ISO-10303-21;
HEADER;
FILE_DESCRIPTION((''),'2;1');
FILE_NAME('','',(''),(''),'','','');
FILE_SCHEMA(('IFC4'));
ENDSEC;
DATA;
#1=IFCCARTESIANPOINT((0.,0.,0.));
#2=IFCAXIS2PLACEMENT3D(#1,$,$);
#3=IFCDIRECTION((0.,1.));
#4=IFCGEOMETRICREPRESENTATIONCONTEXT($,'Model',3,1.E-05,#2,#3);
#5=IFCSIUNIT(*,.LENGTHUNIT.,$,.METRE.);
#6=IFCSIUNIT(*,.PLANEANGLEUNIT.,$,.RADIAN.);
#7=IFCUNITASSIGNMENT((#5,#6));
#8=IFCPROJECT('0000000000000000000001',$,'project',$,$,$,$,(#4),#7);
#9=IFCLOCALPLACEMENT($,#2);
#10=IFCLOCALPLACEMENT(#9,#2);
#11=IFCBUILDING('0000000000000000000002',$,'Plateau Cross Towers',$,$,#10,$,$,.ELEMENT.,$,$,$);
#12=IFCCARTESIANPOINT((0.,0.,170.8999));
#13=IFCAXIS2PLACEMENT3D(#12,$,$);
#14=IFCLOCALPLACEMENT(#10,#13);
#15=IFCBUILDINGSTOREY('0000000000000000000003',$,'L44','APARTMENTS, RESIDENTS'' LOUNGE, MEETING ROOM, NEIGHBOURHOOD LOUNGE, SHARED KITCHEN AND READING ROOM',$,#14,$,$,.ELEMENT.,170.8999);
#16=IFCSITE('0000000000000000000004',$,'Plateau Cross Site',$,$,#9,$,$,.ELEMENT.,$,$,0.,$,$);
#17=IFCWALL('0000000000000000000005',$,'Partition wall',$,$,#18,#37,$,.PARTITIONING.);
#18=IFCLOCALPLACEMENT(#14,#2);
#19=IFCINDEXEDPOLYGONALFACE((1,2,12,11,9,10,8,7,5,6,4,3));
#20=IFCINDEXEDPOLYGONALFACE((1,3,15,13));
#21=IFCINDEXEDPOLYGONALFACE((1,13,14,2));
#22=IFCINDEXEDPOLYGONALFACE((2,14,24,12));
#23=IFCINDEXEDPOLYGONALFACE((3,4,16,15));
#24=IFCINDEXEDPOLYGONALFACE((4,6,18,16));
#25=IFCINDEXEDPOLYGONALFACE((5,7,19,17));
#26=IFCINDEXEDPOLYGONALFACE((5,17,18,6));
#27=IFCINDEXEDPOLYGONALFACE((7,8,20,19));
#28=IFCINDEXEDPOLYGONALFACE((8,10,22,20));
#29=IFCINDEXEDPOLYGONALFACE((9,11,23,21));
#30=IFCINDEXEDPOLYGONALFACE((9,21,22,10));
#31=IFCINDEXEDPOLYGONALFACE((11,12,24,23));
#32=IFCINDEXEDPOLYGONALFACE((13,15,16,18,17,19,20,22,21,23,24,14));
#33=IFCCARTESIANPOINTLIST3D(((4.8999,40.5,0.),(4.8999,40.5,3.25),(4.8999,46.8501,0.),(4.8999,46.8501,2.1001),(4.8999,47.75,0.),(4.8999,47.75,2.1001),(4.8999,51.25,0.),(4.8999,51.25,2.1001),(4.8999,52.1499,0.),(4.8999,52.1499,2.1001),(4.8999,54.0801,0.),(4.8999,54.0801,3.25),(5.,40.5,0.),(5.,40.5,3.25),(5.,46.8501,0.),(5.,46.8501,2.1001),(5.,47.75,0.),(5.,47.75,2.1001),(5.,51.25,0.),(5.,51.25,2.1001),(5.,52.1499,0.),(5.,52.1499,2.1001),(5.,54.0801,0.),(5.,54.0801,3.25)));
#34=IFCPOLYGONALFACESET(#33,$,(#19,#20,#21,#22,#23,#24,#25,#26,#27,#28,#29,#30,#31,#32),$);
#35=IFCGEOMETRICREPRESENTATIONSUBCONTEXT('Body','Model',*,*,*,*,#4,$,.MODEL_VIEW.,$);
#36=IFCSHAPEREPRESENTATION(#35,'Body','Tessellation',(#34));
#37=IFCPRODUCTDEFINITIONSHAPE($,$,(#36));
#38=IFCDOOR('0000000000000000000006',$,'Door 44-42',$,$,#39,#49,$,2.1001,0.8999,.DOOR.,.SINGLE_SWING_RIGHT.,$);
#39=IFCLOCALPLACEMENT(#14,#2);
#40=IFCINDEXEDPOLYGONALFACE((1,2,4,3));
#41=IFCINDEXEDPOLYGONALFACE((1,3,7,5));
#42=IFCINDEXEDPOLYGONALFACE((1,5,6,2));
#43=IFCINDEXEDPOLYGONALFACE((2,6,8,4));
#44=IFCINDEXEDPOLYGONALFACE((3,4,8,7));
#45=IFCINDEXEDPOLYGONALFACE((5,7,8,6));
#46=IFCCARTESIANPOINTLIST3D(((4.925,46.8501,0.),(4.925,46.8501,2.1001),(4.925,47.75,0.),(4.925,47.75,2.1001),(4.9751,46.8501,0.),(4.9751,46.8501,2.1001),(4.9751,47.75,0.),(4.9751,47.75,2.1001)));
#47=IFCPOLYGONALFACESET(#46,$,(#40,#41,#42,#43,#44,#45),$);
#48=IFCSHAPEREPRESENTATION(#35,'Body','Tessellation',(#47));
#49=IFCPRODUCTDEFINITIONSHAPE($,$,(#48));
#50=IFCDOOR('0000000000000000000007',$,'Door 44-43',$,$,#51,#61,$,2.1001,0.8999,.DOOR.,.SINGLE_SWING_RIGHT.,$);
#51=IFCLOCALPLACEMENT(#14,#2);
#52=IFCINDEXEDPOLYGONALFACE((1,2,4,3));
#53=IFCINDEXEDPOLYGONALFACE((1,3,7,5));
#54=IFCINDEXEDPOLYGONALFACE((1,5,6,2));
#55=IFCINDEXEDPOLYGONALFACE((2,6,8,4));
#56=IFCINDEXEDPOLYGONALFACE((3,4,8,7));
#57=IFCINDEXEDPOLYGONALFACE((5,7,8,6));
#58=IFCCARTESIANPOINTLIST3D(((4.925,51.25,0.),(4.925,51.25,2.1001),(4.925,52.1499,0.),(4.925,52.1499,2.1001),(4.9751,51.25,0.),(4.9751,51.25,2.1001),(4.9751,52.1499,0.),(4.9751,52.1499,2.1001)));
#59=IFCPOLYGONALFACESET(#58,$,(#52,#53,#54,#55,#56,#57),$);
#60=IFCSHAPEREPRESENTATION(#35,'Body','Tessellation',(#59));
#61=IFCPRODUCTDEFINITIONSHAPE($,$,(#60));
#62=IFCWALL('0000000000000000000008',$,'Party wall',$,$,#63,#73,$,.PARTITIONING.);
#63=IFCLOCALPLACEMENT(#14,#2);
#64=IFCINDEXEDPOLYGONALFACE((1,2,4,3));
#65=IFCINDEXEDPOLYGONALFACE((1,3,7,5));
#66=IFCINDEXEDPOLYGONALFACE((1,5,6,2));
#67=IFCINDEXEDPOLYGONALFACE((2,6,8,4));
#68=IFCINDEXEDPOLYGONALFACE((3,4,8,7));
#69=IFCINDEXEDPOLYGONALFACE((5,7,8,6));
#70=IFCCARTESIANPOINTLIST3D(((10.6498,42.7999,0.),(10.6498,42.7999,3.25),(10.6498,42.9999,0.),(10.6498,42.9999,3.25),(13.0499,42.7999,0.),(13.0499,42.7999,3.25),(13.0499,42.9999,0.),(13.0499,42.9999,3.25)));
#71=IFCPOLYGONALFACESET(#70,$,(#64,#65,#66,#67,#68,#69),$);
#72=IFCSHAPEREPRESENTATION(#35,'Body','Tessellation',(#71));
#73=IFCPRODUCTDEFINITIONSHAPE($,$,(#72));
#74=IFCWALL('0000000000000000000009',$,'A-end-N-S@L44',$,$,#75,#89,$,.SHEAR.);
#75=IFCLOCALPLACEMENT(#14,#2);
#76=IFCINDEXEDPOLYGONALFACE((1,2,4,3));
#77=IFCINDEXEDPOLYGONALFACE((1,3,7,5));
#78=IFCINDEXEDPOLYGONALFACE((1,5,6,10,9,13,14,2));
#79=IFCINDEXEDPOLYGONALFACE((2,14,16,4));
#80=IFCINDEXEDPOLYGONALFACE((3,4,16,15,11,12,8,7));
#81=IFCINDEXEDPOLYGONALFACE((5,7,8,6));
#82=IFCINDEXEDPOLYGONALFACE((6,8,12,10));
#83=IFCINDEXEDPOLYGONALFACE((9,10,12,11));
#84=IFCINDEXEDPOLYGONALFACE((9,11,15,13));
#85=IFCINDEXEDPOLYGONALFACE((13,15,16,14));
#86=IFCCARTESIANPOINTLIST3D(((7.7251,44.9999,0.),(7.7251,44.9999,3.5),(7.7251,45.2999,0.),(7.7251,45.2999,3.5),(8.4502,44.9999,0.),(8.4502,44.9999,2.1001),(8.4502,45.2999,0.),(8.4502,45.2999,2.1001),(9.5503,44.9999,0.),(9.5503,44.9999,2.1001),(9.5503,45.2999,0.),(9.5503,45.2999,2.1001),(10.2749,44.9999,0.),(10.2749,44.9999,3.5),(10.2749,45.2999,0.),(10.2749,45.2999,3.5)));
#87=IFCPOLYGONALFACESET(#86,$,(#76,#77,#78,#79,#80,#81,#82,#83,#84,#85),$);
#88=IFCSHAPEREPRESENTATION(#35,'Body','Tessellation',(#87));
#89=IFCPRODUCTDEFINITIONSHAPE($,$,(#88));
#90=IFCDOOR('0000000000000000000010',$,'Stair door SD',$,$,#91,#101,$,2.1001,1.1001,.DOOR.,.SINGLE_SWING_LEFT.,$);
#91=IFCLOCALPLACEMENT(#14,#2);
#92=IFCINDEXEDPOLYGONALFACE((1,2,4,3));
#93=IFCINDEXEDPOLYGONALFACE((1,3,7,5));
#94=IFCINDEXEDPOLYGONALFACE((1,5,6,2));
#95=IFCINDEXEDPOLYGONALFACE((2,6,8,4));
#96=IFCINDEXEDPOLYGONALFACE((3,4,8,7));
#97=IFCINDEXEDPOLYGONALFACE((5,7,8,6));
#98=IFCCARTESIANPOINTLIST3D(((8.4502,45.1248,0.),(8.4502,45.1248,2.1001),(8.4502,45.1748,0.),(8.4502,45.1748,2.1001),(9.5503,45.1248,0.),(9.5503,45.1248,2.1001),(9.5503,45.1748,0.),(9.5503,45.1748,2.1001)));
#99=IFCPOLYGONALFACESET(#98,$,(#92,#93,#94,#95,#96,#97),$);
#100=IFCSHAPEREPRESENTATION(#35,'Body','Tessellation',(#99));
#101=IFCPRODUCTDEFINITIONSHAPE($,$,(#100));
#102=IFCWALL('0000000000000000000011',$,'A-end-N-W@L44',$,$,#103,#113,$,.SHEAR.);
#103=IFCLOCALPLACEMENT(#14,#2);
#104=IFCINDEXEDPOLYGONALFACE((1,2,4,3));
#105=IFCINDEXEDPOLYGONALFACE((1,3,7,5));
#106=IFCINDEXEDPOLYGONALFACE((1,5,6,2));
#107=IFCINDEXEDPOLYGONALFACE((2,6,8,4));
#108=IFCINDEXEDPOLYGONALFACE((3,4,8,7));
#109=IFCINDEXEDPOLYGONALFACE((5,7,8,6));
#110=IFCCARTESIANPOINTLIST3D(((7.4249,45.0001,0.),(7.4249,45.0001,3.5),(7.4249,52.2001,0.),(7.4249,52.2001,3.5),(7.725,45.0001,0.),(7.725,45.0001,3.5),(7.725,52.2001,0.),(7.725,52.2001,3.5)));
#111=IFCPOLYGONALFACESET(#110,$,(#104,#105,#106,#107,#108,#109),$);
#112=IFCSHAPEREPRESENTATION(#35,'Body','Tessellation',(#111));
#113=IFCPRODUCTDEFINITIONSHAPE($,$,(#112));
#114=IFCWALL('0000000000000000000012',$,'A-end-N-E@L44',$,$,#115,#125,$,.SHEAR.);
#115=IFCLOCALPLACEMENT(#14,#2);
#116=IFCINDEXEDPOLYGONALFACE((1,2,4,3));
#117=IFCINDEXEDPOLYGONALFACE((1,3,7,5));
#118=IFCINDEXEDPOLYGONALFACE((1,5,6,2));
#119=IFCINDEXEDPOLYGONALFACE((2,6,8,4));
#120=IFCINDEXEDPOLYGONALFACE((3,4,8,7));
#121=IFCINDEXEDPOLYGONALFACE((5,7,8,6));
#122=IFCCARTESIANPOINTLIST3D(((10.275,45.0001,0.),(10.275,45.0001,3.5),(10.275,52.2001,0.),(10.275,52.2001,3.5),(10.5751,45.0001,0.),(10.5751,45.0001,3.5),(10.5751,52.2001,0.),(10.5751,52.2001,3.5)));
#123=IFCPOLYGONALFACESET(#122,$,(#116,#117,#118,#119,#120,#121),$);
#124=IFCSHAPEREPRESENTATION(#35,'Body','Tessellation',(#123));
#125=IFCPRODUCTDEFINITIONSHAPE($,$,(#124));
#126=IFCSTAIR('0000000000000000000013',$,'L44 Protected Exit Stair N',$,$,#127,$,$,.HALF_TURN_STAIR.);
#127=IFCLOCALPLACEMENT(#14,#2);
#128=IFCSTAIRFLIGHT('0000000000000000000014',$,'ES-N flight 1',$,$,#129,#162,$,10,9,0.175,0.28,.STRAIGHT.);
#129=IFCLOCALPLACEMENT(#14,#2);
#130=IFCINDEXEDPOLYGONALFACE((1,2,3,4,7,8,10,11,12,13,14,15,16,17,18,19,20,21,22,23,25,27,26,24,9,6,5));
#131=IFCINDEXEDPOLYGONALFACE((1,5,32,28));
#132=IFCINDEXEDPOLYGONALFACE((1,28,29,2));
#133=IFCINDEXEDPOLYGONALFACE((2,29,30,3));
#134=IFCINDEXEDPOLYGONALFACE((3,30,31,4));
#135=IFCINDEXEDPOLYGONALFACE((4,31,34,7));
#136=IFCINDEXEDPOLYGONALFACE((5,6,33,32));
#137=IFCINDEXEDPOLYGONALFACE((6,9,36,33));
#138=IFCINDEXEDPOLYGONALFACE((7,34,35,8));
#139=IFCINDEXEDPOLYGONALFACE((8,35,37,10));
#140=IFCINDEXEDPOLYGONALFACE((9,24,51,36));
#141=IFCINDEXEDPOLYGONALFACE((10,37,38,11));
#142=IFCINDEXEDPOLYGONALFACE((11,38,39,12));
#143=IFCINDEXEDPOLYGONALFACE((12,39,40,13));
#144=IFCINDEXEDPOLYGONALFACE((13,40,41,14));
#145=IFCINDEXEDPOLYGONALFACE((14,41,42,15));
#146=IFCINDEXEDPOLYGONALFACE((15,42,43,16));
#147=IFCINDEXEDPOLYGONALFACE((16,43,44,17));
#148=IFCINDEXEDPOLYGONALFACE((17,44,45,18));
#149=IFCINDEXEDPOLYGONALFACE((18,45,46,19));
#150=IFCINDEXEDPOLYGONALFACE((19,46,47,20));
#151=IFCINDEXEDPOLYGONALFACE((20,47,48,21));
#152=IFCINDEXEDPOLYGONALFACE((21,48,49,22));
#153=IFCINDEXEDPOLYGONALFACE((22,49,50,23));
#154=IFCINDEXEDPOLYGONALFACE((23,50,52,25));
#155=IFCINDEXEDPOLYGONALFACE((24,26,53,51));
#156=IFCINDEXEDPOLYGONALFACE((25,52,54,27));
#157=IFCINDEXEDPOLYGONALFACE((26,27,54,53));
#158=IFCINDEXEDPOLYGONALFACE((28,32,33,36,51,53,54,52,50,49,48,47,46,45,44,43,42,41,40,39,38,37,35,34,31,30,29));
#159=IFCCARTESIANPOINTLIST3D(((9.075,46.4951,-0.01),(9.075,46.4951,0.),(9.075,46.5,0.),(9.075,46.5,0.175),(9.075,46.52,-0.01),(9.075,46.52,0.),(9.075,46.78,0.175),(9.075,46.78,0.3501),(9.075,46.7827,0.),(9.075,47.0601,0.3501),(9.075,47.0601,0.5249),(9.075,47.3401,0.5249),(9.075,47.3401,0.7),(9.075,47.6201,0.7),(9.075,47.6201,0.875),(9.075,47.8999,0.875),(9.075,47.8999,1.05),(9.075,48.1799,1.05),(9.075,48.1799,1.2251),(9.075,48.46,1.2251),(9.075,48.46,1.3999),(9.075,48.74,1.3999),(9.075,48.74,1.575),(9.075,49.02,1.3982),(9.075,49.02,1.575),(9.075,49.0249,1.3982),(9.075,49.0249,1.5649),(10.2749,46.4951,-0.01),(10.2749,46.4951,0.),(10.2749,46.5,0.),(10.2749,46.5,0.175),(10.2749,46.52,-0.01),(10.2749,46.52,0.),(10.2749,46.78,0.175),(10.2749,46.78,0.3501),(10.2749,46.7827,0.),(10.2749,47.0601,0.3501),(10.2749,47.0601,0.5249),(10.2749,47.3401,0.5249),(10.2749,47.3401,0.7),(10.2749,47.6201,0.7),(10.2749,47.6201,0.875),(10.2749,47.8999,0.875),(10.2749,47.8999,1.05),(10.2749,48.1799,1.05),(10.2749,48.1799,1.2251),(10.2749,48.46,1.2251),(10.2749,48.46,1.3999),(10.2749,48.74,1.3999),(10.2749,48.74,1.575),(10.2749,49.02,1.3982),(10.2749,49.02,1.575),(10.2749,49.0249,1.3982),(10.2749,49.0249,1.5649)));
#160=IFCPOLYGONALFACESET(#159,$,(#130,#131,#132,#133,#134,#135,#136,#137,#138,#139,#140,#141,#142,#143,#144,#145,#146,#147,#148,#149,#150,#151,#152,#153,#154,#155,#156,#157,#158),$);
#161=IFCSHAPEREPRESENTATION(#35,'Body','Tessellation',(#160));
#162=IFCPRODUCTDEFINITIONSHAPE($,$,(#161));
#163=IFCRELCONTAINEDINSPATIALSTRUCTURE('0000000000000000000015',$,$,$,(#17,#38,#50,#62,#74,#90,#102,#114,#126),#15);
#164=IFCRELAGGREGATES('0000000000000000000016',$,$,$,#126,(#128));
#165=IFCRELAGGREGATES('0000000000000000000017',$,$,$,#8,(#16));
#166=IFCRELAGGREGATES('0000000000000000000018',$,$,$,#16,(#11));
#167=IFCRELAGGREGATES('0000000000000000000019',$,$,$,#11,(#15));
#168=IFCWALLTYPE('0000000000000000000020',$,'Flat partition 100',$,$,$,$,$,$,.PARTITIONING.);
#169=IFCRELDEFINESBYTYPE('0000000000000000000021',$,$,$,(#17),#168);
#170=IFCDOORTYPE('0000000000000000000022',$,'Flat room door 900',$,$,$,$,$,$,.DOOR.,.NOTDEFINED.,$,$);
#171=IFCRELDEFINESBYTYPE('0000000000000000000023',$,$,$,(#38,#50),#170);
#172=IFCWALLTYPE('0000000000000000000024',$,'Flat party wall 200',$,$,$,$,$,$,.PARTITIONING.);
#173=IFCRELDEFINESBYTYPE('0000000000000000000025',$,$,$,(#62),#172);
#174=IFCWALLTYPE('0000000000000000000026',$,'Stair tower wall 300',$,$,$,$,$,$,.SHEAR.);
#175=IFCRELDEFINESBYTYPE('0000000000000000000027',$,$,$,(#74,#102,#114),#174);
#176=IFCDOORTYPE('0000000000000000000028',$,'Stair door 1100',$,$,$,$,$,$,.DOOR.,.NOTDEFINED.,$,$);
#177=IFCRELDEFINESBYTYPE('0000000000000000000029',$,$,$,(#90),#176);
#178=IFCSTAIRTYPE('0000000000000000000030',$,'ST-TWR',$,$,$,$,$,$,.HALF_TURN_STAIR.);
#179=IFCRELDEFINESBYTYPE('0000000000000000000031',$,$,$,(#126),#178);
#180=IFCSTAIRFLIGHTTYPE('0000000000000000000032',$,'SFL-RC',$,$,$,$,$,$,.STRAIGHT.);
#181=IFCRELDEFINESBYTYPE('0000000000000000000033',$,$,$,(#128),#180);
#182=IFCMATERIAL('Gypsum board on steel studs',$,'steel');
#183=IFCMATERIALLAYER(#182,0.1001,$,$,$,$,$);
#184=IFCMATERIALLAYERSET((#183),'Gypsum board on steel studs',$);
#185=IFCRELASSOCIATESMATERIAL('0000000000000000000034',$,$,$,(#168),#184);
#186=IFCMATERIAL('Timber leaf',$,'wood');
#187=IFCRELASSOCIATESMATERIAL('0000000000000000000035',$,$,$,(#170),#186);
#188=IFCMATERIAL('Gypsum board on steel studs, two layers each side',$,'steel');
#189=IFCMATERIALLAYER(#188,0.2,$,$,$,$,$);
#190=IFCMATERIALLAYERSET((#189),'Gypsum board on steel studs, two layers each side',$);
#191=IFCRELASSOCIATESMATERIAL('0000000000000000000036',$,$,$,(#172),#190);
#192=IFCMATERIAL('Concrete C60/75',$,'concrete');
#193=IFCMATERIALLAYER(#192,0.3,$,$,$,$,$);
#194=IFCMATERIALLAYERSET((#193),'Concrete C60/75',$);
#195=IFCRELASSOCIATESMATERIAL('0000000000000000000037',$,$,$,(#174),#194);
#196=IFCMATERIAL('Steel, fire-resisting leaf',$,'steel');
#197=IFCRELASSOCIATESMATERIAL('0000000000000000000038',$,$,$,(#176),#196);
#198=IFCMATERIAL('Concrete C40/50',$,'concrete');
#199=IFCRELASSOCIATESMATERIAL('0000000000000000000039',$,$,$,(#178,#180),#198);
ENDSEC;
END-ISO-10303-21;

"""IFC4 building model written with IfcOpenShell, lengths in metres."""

from ifc_helpers import new_model, si_unit, direction, frame, frame_2d, origin, place, context, subcontext, project, spatial, polyline, rectangle, outline, extrude, material, layer, layer_set, type_object, element, fill, aggregate, save


model = new_model("IFC4")

# Units and contexts
model_context = context("Model", 3, precision=1e-05, world=origin(), true_north=direction((0.0, 1.0)))
body_context = subcontext(model_context, "Body", "Model", "MODEL_VIEW")
ifc_project = project(units=[si_unit("LENGTHUNIT", "METRE"), si_unit("PLANEANGLEUNIT", "RADIAN")], contexts=[model_context])

# Site, building, storey
site_placement = place(None, origin())
site = spatial("IfcSite", under=ifc_project, at=site_placement, Name="Plateau Cross Site", CompositionType="ELEMENT", RefElevation=0.0)
building_placement = place(site_placement, origin())
building = spatial("IfcBuilding", under=site, at=building_placement, Name="Plateau Cross Towers", CompositionType="ELEMENT")
storey_placement = place(building_placement, frame((0.0, 0.0, 170.8999)))
storey = spatial("IfcBuildingStorey", under=building, at=storey_placement, Name="L44", Description="APARTMENTS, RESIDENTS' LOUNGE, MEETING ROOM, NEIGHBOURHOOD LOUNGE, SHARED KITCHEN AND READING ROOM", CompositionType="ELEMENT", Elevation=170.8999)

# Shared definitions
ifc_material_1 = material(Name="Gypsum board on steel studs", Category="steel")
ifc_layer_1 = layer(ifc_material_1, 0.1001)
ifc_layer_set_1 = layer_set([ifc_layer_1], Name="Gypsum board on steel studs")
wall_type_1 = type_object("IfcWallType", Name="Flat partition 100", PredefinedType="PARTITIONING", material=ifc_layer_set_1)
ifc_material_2 = material(Name="Timber leaf", Category="wood")
door_type_1 = type_object("IfcDoorType", Name="Flat room door 900", OperationType="NOTDEFINED", PredefinedType="DOOR", material=ifc_material_2)

# Wall, openings, doors
wall_1_placement = place(storey_placement, frame((4.95, 40.5, 0.0), z_axis=(0.0, 0.0, 1.0), x_axis=(0.0, 1.0, 0.0)))
wall_1 = element("IfcWall", 1, at=wall_1_placement, inside=storey, type_object=wall_type_1, Name="Partition wall", PredefinedType="PARTITIONING", context=body_context, shape_type="SweptSolid", body=[
    extrude(rectangle(XDim=13.5801, YDim=0.1001, at=frame_2d((6.79, 0.0))), origin(), (0.0, 0.0, 1.0), 3.25),
])
opening_1_placement = place(wall_1_placement, frame((6.3501, 0.0, 0.0)))
opening_1 = element("IfcOpeningElement", 2, at=opening_1_placement, cuts=wall_1, PredefinedType="OPENING", context=body_context, shape_type="SweptSolid", body=[
    extrude(rectangle(XDim=0.8999, YDim=2.1001, at=frame_2d((0.45, 1.05))), frame((0.0, 0.0601, 0.0), z_axis=(0.0, -1.0, 0.0), x_axis=(1.0, 0.0, 0.0)), (0.0, 0.0, 1.0), 0.1201),
])
opening_2_placement = place(wall_1_placement, frame((10.75, 0.0, 0.0)))
opening_2 = element("IfcOpeningElement", 3, at=opening_2_placement, cuts=wall_1, PredefinedType="OPENING", context=body_context, shape_type="SweptSolid", body=[
    extrude(rectangle(XDim=0.8999, YDim=2.1001, at=frame_2d((0.45, 1.05))), frame((0.0, 0.0601, 0.0), z_axis=(0.0, -1.0, 0.0), x_axis=(1.0, 0.0, 0.0)), (0.0, 0.0, 1.0), 0.1201),
])
door_1_placement = place(opening_1_placement, origin())
door_1 = element("IfcDoor", 4, at=door_1_placement, inside=storey, type_object=door_type_1, Name="Door 44-42", OperationType="SINGLE_SWING_RIGHT", OverallHeight=2.1001, OverallWidth=0.8999, PredefinedType="DOOR", context=body_context, shape_type="SweptSolid", body=[
    extrude(rectangle(XDim=0.8999, YDim=2.1001, at=frame_2d((0.45, 1.05))), frame((0.0, 0.0249, 0.0), z_axis=(0.0, -1.0, 0.0), x_axis=(1.0, 0.0, 0.0)), (0.0, 0.0, 1.0), 0.05),
])
fill(opening_1, door_1)
door_2_placement = place(opening_2_placement, origin())
door_2 = element("IfcDoor", 5, at=door_2_placement, inside=storey, type_object=door_type_1, Name="Door 44-43", OperationType="SINGLE_SWING_RIGHT", OverallHeight=2.1001, OverallWidth=0.8999, PredefinedType="DOOR", context=body_context, shape_type="SweptSolid", body=[
    extrude(rectangle(XDim=0.8999, YDim=2.1001, at=frame_2d((0.45, 1.05))), frame((0.0, 0.0249, 0.0), z_axis=(0.0, -1.0, 0.0), x_axis=(1.0, 0.0, 0.0)), (0.0, 0.0, 1.0), 0.05),
])
fill(opening_2, door_2)

# Wall
ifc_material_3 = material(Name="Gypsum board on steel studs, two layers each side", Category="steel")
ifc_layer_2 = layer(ifc_material_3, 0.2)
ifc_layer_set_2 = layer_set([ifc_layer_2], Name="Gypsum board on steel studs, two layers each side")
wall_type_2 = type_object("IfcWallType", Name="Flat party wall 200", PredefinedType="PARTITIONING", material=ifc_layer_set_2)
wall_2_placement = place(storey_placement, frame((13.05, 42.8999, 0.0), z_axis=(0.0, 0.0, 1.0), x_axis=(-1.0, 0.0, 0.0)))
element("IfcWall", 6, at=wall_2_placement, inside=storey, type_object=wall_type_2, Name="Party wall", PredefinedType="PARTITIONING", context=body_context, shape_type="SweptSolid", body=[
    extrude(rectangle(XDim=2.4001, YDim=0.2, at=frame_2d((1.2002, 0.0))), origin(), (0.0, 0.0, 1.0), 3.25),
])

# Wall, opening, door
ifc_material_4 = material(Name="Concrete C60/75", Category="concrete")
ifc_layer_3 = layer(ifc_material_4, 0.3)
ifc_layer_set_3 = layer_set([ifc_layer_3], Name="Concrete C60/75")
wall_type_3 = type_object("IfcWallType", Name="Stair tower wall 300", PredefinedType="SHEAR", material=ifc_layer_set_3)
wall_3_placement = place(storey_placement, frame((7.7251, 45.1499, 0.0), z_axis=(0.0, 0.0, 1.0), x_axis=(1.0, 0.0, 0.0)))
wall_3 = element("IfcWall", 7, at=wall_3_placement, inside=storey, type_object=wall_type_3, Name="A-end-N-S@L44", PredefinedType="SHEAR", context=body_context, shape_type="SweptSolid", body=[
    extrude(rectangle(XDim=2.5498, YDim=0.3, at=frame_2d((1.2749, 0.0))), origin(), (0.0, 0.0, 1.0), 3.5),
])
opening_3_placement = place(wall_3_placement, frame((0.7251, 0.0, 0.0)))
opening_3 = element("IfcOpeningElement", 8, at=opening_3_placement, cuts=wall_3, PredefinedType="OPENING", context=body_context, shape_type="SweptSolid", body=[
    extrude(rectangle(XDim=1.1001, YDim=2.1001, at=frame_2d((0.55, 1.05))), frame((0.0, 0.1599, 0.0), z_axis=(0.0, -1.0, 0.0), x_axis=(1.0, 0.0, 0.0)), (0.0, 0.0, 1.0), 0.3201),
])
ifc_material_5 = material(Name="Steel, fire-resisting leaf", Category="steel")
door_type_2 = type_object("IfcDoorType", Name="Stair door 1100", OperationType="NOTDEFINED", PredefinedType="DOOR", material=ifc_material_5)
door_3_placement = place(opening_3_placement, origin())
door_3 = element("IfcDoor", 9, at=door_3_placement, inside=storey, type_object=door_type_2, Name="Stair door SD", OperationType="SINGLE_SWING_LEFT", OverallHeight=2.1001, OverallWidth=1.1001, PredefinedType="DOOR", context=body_context, shape_type="SweptSolid", body=[
    extrude(rectangle(XDim=1.1001, YDim=2.1001, at=frame_2d((0.55, 1.05))), frame((0.0, 0.0249, 0.0), z_axis=(0.0, -1.0, 0.0), x_axis=(1.0, 0.0, 0.0)), (0.0, 0.0, 1.0), 0.05),
])
fill(opening_3, door_3)

# Walls
for number, where, z_axis, x_axis, name in (
    (10, (7.575, 45.0, 0.0), (0.0, 0.0, 1.0), (0.0, 1.0, 0.0), "A-end-N-W@L44"),
    (11, (10.425, 45.0, 0.0), (0.0, 0.0, 1.0), (0.0, 1.0, 0.0), "A-end-N-E@L44"),
):
    element("IfcWall", number, at=place(storey_placement, frame(where, z_axis=z_axis, x_axis=x_axis)), inside=storey, type_object=wall_type_3, Name=name, PredefinedType="SHEAR", context=body_context, shape_type="SweptSolid", body=[
        extrude(rectangle(XDim=7.2, YDim=0.3, at=frame_2d((3.6001, 0.0))), origin(), (0.0, 0.0, 1.0), 3.5),
    ])

# Stair, stair flight
ifc_material_6 = material(Name="Concrete C40/50", Category="concrete")
stair_type = type_object("IfcStairType", Name="ST-TWR", PredefinedType="HALF_TURN_STAIR", material=ifc_material_6)
stair_placement = place(storey_placement, origin())
stair = element("IfcStair", 12, at=stair_placement, inside=storey, type_object=stair_type, Name="L44 Protected Exit Stair N", PredefinedType="HALF_TURN_STAIR")
stair_flight_type = type_object("IfcStairFlightType", Name="SFL-RC", PredefinedType="STRAIGHT", material=ifc_material_6)
stair_flight_placement = place(storey_placement, frame((9.675, 46.5, 0.0), z_axis=(0.0, 0.0, 1.0), x_axis=(0.0, 1.0, 0.0)))
stair_flight = element("IfcStairFlight", 13, at=stair_flight_placement, type_object=stair_flight_type, Name="ES-N flight 1", NumberOfRisers=10, NumberOfTreads=9, PredefinedType="STRAIGHT", RiserHeight=0.175, TreadLength=0.28, context=body_context, shape_type="SweptSolid", body=[
    extrude(outline(polyline([(-0.0049, -0.01), (-0.0049, 0.0), (0.0, 0.0), (0.0, 0.175), (0.28, 0.175), (0.28, 0.3501), (0.5601, 0.3501), (0.5601, 0.5249), (0.8401, 0.5249), (0.8401, 0.7), (1.1201, 0.7), (1.1201, 0.875), (1.3999, 0.875), (1.3999, 1.05), (1.6799, 1.05), (1.6799, 1.2251), (1.96, 1.2251), (1.96, 1.3999), (2.24, 1.3999), (2.24, 1.575), (2.52, 1.575), (2.5249, 1.5649), (2.5249, 1.3982), (2.52, 1.3982), (0.2827, 0.0), (0.02, 0.0), (0.02, -0.01), (-0.0049, -0.01)])), frame((0.0, 0.6001, 0.0), z_axis=(0.0, -1.0, 0.0), x_axis=(1.0, 0.0, 0.0)), (0.0, 0.0, 1.0), 1.2),
])
aggregate(stair, [stair_flight])

save(model, "model.ifc")
